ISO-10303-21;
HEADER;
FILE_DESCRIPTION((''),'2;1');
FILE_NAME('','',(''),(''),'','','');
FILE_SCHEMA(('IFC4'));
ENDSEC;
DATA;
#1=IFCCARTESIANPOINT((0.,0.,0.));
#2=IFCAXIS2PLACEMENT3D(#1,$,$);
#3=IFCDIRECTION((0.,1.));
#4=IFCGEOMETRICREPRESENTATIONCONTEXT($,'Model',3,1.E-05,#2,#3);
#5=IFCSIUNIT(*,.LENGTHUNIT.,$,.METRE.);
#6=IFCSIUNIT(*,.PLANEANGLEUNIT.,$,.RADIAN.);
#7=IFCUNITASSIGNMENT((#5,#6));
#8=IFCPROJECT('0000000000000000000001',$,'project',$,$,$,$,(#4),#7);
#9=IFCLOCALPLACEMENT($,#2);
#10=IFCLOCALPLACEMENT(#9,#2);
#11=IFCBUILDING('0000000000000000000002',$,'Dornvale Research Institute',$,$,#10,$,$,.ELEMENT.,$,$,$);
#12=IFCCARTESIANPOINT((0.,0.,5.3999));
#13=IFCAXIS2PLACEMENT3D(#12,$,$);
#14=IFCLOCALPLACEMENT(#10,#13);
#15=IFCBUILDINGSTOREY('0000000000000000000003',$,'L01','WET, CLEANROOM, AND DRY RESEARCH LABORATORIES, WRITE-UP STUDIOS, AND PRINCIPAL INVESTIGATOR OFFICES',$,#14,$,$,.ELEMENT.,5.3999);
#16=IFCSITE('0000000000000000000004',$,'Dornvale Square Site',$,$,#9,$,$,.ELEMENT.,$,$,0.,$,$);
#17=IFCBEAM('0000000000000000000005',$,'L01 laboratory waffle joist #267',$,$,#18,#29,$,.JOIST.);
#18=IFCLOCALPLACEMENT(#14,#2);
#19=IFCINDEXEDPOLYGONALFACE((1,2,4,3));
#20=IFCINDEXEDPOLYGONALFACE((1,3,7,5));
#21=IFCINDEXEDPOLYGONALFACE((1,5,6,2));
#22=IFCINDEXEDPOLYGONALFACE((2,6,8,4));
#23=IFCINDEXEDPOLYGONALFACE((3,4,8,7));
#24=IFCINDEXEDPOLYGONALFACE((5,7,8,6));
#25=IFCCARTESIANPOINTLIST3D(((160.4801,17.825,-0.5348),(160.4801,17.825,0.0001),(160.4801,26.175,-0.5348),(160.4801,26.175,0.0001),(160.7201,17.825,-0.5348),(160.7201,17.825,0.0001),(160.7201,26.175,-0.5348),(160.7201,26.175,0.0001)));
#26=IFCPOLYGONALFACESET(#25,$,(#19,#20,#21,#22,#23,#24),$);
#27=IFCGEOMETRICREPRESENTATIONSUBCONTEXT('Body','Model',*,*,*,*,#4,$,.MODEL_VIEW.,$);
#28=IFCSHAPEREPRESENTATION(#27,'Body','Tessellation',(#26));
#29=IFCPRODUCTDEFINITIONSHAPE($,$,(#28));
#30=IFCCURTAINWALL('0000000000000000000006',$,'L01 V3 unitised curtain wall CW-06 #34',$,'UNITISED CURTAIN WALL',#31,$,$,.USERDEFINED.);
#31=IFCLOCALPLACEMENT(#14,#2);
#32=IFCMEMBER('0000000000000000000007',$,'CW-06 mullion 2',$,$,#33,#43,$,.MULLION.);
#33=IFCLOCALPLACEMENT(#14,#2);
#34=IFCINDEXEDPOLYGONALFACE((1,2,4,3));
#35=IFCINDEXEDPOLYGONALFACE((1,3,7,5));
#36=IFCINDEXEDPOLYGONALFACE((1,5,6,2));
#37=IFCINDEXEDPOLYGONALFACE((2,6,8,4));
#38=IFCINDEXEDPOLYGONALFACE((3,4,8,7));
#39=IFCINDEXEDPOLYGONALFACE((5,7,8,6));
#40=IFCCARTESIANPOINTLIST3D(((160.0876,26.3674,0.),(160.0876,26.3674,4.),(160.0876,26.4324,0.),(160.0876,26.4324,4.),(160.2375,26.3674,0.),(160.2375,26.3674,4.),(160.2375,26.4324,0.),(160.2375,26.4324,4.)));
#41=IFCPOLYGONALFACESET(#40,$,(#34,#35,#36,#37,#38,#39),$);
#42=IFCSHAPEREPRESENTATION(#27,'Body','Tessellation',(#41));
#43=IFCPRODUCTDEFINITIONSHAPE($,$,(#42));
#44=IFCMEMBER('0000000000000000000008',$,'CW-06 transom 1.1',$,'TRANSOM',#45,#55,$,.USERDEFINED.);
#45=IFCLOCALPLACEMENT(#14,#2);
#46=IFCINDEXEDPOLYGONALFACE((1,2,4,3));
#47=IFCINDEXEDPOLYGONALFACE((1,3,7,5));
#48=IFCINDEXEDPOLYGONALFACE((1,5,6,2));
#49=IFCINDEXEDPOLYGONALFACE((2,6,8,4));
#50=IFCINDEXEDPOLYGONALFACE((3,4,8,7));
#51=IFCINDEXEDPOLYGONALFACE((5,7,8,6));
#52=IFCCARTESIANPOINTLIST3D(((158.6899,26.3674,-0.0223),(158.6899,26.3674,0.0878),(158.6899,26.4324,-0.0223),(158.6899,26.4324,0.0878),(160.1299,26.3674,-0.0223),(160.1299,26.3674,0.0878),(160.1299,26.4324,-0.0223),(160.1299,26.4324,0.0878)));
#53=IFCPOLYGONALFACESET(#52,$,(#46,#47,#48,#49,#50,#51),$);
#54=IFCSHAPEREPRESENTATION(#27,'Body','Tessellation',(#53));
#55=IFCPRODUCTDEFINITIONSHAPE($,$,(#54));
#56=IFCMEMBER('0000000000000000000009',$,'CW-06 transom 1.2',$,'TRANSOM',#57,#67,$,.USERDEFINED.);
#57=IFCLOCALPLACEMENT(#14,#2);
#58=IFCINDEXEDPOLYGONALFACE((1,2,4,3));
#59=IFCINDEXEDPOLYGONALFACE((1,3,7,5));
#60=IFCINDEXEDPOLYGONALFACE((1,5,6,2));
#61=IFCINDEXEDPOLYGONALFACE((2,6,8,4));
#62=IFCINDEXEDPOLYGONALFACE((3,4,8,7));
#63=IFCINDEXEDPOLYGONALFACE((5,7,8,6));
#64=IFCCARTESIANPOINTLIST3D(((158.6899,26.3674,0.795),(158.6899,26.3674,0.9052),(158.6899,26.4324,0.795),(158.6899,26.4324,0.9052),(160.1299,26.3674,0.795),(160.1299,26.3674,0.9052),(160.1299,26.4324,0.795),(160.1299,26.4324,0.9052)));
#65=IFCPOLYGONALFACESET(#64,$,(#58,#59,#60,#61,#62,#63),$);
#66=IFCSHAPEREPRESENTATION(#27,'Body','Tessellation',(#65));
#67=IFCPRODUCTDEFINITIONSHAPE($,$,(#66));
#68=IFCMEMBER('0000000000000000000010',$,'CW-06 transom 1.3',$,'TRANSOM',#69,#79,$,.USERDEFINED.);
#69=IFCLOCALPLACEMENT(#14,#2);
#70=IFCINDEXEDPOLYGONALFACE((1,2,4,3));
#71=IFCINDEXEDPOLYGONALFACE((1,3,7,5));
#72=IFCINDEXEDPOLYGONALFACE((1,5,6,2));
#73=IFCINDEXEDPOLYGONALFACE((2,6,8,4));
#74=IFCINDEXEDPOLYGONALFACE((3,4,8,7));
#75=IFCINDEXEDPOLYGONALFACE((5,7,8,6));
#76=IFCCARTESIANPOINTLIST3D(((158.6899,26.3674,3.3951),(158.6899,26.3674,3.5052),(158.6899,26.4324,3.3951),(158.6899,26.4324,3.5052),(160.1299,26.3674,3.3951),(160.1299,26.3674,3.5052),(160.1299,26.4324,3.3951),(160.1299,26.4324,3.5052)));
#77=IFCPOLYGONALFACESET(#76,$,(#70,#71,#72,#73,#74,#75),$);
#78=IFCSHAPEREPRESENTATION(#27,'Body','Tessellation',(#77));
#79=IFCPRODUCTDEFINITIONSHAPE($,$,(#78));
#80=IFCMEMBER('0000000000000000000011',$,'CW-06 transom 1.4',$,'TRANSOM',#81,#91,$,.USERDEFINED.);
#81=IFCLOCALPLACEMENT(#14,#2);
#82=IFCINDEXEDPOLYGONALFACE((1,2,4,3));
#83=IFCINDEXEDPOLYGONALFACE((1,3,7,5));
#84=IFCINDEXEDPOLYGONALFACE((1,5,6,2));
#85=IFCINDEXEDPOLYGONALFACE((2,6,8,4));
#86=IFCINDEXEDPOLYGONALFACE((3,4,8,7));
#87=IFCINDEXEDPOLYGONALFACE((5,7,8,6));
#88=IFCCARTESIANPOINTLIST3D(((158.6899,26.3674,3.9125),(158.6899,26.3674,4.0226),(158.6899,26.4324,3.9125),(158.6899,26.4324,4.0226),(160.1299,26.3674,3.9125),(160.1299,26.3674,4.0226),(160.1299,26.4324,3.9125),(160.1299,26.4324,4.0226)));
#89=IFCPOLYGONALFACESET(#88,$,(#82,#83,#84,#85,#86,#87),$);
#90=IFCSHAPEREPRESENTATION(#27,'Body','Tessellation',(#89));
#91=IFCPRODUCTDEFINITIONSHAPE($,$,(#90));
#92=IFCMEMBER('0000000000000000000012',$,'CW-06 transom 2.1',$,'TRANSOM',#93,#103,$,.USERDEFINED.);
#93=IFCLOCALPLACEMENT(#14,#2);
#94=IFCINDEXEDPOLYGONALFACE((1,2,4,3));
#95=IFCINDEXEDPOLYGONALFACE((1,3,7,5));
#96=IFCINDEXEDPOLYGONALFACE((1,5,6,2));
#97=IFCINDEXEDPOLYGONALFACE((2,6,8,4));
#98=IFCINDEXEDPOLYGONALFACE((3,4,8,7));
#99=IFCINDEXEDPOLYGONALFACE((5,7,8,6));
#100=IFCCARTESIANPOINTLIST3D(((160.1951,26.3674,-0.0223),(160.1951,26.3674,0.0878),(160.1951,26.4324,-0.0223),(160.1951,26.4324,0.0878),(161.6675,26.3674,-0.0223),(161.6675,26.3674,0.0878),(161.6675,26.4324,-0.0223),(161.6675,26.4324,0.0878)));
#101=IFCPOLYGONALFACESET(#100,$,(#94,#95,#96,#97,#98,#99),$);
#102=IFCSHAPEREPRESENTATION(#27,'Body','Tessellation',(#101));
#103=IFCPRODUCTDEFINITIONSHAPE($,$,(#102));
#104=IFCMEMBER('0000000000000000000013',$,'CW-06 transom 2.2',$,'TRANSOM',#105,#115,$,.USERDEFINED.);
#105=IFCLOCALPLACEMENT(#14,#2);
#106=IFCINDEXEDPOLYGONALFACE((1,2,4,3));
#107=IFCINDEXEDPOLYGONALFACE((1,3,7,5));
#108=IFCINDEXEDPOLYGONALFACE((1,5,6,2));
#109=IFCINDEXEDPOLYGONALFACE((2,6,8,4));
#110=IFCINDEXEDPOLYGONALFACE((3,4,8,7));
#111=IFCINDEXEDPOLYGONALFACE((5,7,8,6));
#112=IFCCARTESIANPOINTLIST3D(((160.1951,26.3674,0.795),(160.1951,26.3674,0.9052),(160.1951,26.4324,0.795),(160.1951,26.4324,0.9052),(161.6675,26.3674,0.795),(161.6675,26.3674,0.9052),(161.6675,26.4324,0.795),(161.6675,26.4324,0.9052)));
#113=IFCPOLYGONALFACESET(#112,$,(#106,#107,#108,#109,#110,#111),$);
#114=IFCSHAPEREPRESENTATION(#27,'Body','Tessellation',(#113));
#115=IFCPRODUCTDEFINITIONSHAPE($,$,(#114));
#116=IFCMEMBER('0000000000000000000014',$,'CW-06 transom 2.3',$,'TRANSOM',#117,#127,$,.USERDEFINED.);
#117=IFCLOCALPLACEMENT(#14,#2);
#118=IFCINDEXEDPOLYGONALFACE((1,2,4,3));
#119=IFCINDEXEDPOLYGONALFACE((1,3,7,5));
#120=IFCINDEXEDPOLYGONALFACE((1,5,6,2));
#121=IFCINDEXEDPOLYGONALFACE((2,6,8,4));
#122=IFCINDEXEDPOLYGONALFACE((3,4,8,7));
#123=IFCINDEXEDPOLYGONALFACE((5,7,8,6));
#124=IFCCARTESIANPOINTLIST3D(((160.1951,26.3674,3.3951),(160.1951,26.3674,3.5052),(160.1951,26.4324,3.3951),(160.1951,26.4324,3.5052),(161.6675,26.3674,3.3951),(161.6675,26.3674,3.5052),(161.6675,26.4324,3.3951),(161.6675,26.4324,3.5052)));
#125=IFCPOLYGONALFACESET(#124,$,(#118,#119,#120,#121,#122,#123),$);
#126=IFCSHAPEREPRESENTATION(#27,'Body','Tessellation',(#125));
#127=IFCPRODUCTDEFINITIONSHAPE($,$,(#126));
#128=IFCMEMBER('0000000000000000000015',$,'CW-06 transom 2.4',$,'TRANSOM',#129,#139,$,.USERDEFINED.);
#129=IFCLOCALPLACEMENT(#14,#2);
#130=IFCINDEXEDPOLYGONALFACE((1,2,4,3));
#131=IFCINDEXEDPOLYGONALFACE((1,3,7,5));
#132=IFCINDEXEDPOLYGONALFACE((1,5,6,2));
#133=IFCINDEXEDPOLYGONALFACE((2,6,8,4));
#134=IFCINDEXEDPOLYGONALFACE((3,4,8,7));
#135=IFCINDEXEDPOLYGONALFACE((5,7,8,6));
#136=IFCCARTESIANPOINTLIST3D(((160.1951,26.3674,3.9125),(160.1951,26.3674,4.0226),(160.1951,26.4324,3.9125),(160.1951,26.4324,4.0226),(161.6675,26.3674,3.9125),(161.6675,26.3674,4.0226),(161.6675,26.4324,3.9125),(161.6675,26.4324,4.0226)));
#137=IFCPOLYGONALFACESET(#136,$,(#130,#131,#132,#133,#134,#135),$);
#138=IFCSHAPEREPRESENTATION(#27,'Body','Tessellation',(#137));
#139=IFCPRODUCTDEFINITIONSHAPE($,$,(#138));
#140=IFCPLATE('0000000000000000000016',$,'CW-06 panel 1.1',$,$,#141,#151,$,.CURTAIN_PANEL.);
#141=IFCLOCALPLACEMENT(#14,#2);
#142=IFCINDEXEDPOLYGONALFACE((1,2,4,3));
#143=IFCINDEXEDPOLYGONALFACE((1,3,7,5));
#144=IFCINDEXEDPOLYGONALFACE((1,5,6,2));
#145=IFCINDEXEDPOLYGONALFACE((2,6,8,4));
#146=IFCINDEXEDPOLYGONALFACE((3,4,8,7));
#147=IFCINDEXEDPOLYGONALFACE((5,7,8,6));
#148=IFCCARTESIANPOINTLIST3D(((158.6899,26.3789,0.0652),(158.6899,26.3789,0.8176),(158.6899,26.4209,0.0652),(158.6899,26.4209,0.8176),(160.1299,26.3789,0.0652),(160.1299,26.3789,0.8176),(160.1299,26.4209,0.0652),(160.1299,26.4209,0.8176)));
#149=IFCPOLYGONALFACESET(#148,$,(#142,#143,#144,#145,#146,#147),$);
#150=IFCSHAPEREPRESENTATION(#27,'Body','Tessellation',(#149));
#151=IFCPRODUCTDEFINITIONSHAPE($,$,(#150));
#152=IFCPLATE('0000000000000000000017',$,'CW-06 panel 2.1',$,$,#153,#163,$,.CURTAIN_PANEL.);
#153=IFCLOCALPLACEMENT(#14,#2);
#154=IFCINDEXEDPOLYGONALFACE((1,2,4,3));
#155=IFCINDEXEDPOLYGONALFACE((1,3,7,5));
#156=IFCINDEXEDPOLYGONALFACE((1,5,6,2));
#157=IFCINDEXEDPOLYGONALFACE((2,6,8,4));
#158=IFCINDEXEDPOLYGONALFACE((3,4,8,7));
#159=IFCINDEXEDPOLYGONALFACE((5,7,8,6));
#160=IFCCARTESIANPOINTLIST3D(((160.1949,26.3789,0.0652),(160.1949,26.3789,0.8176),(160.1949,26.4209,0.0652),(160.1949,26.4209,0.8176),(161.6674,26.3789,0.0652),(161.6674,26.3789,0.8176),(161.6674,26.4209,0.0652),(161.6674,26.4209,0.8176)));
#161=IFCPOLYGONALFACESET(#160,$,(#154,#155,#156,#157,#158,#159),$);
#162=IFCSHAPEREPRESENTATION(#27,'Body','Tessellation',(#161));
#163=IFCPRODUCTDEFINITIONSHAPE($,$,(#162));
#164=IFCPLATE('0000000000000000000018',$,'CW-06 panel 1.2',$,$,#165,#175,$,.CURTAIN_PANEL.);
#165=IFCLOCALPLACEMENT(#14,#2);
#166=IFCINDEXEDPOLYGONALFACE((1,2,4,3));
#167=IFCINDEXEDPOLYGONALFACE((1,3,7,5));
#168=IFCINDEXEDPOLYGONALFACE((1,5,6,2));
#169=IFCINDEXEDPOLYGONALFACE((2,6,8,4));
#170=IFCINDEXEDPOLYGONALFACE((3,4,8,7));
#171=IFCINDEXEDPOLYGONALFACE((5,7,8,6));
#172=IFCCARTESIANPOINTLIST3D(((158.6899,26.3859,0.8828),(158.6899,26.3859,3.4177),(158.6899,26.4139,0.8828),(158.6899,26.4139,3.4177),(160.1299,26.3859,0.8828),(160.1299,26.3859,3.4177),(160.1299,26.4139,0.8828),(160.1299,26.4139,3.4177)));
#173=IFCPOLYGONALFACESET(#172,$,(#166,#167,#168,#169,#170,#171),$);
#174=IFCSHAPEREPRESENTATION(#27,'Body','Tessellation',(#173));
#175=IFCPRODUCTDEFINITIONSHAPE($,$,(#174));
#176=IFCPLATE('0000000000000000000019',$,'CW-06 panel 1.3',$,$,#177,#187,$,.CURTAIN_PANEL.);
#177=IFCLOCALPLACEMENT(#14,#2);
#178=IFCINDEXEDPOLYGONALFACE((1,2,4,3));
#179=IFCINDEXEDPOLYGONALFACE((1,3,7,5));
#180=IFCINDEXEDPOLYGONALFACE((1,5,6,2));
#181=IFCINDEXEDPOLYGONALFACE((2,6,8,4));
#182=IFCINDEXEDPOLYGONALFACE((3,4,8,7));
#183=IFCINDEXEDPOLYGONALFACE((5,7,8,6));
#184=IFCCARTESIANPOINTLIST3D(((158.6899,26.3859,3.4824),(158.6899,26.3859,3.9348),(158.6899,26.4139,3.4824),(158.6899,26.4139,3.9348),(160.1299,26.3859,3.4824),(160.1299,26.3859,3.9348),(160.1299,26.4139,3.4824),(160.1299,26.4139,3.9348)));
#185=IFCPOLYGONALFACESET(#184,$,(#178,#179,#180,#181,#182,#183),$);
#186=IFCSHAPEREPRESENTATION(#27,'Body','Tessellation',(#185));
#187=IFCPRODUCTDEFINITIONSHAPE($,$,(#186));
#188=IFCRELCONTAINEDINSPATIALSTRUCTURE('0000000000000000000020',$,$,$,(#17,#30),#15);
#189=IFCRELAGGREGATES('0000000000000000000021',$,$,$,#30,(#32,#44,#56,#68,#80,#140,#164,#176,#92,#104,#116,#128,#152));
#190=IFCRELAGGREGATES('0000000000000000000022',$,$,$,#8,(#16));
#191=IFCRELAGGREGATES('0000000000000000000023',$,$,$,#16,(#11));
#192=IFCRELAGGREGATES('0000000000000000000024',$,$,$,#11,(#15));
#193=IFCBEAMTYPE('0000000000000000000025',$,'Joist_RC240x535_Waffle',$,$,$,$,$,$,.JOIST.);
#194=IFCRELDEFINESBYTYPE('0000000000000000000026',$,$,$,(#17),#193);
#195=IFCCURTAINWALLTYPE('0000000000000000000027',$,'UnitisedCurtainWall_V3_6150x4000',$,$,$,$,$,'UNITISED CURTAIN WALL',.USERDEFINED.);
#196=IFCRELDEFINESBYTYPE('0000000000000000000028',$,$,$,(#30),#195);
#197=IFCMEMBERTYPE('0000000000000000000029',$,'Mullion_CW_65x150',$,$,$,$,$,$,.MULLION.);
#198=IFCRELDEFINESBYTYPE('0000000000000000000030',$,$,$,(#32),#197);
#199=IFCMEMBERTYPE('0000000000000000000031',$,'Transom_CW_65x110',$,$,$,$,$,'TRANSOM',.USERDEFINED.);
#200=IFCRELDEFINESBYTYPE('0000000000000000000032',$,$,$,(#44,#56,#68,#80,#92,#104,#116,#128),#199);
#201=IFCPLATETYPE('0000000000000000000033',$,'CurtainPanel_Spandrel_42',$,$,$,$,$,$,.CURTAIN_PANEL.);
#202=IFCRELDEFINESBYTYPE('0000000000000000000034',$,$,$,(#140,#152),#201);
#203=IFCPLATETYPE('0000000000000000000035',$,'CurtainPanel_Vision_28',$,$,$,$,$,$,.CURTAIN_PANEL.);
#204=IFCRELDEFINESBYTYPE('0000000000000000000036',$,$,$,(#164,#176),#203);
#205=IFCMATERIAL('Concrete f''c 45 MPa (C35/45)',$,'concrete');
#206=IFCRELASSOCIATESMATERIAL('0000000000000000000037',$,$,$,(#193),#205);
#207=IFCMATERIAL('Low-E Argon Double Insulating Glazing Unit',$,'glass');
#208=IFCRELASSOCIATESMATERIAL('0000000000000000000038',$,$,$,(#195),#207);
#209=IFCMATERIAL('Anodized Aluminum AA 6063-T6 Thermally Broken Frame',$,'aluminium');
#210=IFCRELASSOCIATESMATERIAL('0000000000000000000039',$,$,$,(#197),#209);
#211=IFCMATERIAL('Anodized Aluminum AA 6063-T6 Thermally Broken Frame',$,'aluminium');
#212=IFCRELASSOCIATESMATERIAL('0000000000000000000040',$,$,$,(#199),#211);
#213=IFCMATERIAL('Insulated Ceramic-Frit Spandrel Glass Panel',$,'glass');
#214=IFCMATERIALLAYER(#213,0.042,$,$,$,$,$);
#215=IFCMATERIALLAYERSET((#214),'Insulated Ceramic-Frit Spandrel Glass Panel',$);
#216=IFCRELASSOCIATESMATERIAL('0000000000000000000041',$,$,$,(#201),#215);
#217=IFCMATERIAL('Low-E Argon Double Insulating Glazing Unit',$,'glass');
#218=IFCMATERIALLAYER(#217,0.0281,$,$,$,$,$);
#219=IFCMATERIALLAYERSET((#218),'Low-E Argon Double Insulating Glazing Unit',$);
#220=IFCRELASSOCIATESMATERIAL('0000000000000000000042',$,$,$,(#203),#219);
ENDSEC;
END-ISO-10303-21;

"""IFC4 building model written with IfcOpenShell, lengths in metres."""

from ifc_helpers import new_model, si_unit, direction, frame, origin, origin_2d, place, context, subcontext, project, spatial, rectangle, extrude, material, layer, layer_set, material_profile, profile_set, type_object, element, aggregate, save


model = new_model("IFC4")

# Units and contexts
model_context = context("Model", 3, precision=1e-05, world=origin(), true_north=direction((0.0, 1.0)))
body_context = subcontext(model_context, "Body", "Model", "MODEL_VIEW")
ifc_project = project(units=[si_unit("LENGTHUNIT", "METRE"), si_unit("PLANEANGLEUNIT", "RADIAN")], contexts=[model_context])

# Site, building, storey
site_placement = place(None, origin())
site = spatial("IfcSite", under=ifc_project, at=site_placement, Name="Dornvale Square Site", CompositionType="ELEMENT", RefElevation=0.0)
building_placement = place(site_placement, origin())
building = spatial("IfcBuilding", under=site, at=building_placement, Name="Dornvale Research Institute", CompositionType="ELEMENT")
storey_placement = place(building_placement, frame((0.0, 0.0, 5.3999)))
storey = spatial("IfcBuildingStorey", under=building, at=storey_placement, Name="L01", Description="WET, CLEANROOM, AND DRY RESEARCH LABORATORIES, WRITE-UP STUDIOS, AND PRINCIPAL INVESTIGATOR OFFICES", CompositionType="ELEMENT", Elevation=5.3999)

# Beam
ifc_material_1 = material(Name="Concrete f'c 45 MPa (C35/45)", Category="concrete")
ifc_material_profile_1 = material_profile(ifc_material_1, rectangle(XDim=0.24, YDim=0.5349, at=origin_2d()), Name="RC 240x535")
ifc_profile_set_1 = profile_set([ifc_material_profile_1], Name="Concrete f'c 45 MPa (C35/45)")
beam_type = type_object("IfcBeamType", Name="Joist_RC240x535_Waffle", PredefinedType="JOIST", material=ifc_profile_set_1)
beam_placement = place(storey_placement, frame((160.6001, 17.825, -0.2673), z_axis=(0.0, 1.0, 0.0), x_axis=(-1.0, 0.0, 0.0)))
element("IfcBeam", 1, at=beam_placement, inside=storey, type_object=beam_type, Name="L01 laboratory waffle joist #267", PredefinedType="JOIST", context=body_context, shape_type="SweptSolid", body=[
    extrude(rectangle(XDim=0.24, YDim=0.5349, at=origin_2d()), origin(), (0.0, 0.0, 1.0), 8.3501),
])

# Curtain wall, members, plates
ifc_material_2 = material(Name="Low-E Argon Double Insulating Glazing Unit", Category="glass")
curtain_wall_type = type_object("IfcCurtainWallType", Name="UnitisedCurtainWall_V3_6150x4000", ElementType="UNITISED CURTAIN WALL", PredefinedType="USERDEFINED", material=ifc_material_2)
curtain_wall_placement = place(storey_placement, origin())
curtain_wall = element("IfcCurtainWall", 2, at=curtain_wall_placement, inside=storey, type_object=curtain_wall_type, Name="L01 V3 unitised curtain wall CW-06 #34", ObjectType="UNITISED CURTAIN WALL", PredefinedType="USERDEFINED")
ifc_material_3 = material(Name="Anodized Aluminum AA 6063-T6 Thermally Broken Frame", Category="aluminium")
ifc_material_profile_2 = material_profile(ifc_material_3, rectangle(XDim=0.0649, YDim=0.1499, at=origin_2d()), Name="ALU MULLION 65x150")
ifc_profile_set_2 = profile_set([ifc_material_profile_2], Name="Anodized Aluminum AA 6063-T6 Thermally Broken Frame")
member_type_1 = type_object("IfcMemberType", Name="Mullion_CW_65x150", PredefinedType="MULLION", material=ifc_profile_set_2)
member_1_placement = place(storey_placement, frame((160.1626, 26.3999, 0.0), z_axis=(0.0, 0.0, 1.0), x_axis=(0.0, 1.0, 0.0)))
member_1 = element("IfcMember", 3, at=member_1_placement, type_object=member_type_1, Name="CW-06 mullion 2", PredefinedType="MULLION", context=body_context, shape_type="SweptSolid", body=[
    extrude(rectangle(XDim=0.0649, YDim=0.1499, at=origin_2d()), origin(), (0.0, 0.0, 1.0), 4.0),
])
ifc_material_4 = material(Name="Anodized Aluminum AA 6063-T6 Thermally Broken Frame", Category="aluminium")
ifc_material_profile_3 = material_profile(ifc_material_4, rectangle(XDim=0.0649, YDim=0.1101, at=origin_2d()), Name="ALU TRANSOM 65x110")
ifc_profile_set_3 = profile_set([ifc_material_profile_3], Name="Anodized Aluminum AA 6063-T6 Thermally Broken Frame")
member_type_2 = type_object("IfcMemberType", Name="Transom_CW_65x110", ElementType="TRANSOM", PredefinedType="USERDEFINED", material=ifc_profile_set_3)
member_2_placement = place(storey_placement, frame((158.6899, 26.3999, 0.0327), z_axis=(1.0, 0.0, 0.0), x_axis=(0.0, 1.0, 0.0)))
member_2 = element("IfcMember", 4, at=member_2_placement, type_object=member_type_2, Name="CW-06 transom 1.1", ObjectType="TRANSOM", PredefinedType="USERDEFINED", context=body_context, shape_type="SweptSolid", body=[
    extrude(rectangle(XDim=0.0649, YDim=0.1101, at=origin_2d()), origin(), (0.0, 0.0, 1.0), 1.4399),
])
member_3_placement = place(storey_placement, frame((158.6899, 26.3999, 0.8501), z_axis=(1.0, 0.0, 0.0), x_axis=(0.0, 1.0, 0.0)))
member_3 = element("IfcMember", 5, at=member_3_placement, type_object=member_type_2, Name="CW-06 transom 1.2", ObjectType="TRANSOM", PredefinedType="USERDEFINED", context=body_context, shape_type="SweptSolid", body=[
    extrude(rectangle(XDim=0.0649, YDim=0.1101, at=origin_2d()), origin(), (0.0, 0.0, 1.0), 1.4399),
])
member_4_placement = place(storey_placement, frame((158.6899, 26.3999, 3.4502), z_axis=(1.0, 0.0, 0.0), x_axis=(0.0, 1.0, 0.0)))
member_4 = element("IfcMember", 6, at=member_4_placement, type_object=member_type_2, Name="CW-06 transom 1.3", ObjectType="TRANSOM", PredefinedType="USERDEFINED", context=body_context, shape_type="SweptSolid", body=[
    extrude(rectangle(XDim=0.0649, YDim=0.1101, at=origin_2d()), origin(), (0.0, 0.0, 1.0), 1.4399),
])
member_5_placement = place(storey_placement, frame((158.6899, 26.3999, 3.9675), z_axis=(1.0, 0.0, 0.0), x_axis=(0.0, 1.0, 0.0)))
member_5 = element("IfcMember", 7, at=member_5_placement, type_object=member_type_2, Name="CW-06 transom 1.4", ObjectType="TRANSOM", PredefinedType="USERDEFINED", context=body_context, shape_type="SweptSolid", body=[
    extrude(rectangle(XDim=0.0649, YDim=0.1101, at=origin_2d()), origin(), (0.0, 0.0, 1.0), 1.4399),
])
member_6_placement = place(storey_placement, frame((160.1951, 26.3999, 0.0327), z_axis=(1.0, 0.0, 0.0), x_axis=(0.0, 1.0, 0.0)))
member_6 = element("IfcMember", 8, at=member_6_placement, type_object=member_type_2, Name="CW-06 transom 2.1", ObjectType="TRANSOM", PredefinedType="USERDEFINED", context=body_context, shape_type="SweptSolid", body=[
    extrude(rectangle(XDim=0.0649, YDim=0.1101, at=origin_2d()), origin(), (0.0, 0.0, 1.0), 1.4724),
])
member_7_placement = place(storey_placement, frame((160.1951, 26.3999, 0.8501), z_axis=(1.0, 0.0, 0.0), x_axis=(0.0, 1.0, 0.0)))
member_7 = element("IfcMember", 9, at=member_7_placement, type_object=member_type_2, Name="CW-06 transom 2.2", ObjectType="TRANSOM", PredefinedType="USERDEFINED", context=body_context, shape_type="SweptSolid", body=[
    extrude(rectangle(XDim=0.0649, YDim=0.1101, at=origin_2d()), origin(), (0.0, 0.0, 1.0), 1.4724),
])
member_8_placement = place(storey_placement, frame((160.1951, 26.3999, 3.4502), z_axis=(1.0, 0.0, 0.0), x_axis=(0.0, 1.0, 0.0)))
member_8 = element("IfcMember", 10, at=member_8_placement, type_object=member_type_2, Name="CW-06 transom 2.3", ObjectType="TRANSOM", PredefinedType="USERDEFINED", context=body_context, shape_type="SweptSolid", body=[
    extrude(rectangle(XDim=0.0649, YDim=0.1101, at=origin_2d()), origin(), (0.0, 0.0, 1.0), 1.4724),
])
member_9_placement = place(storey_placement, frame((160.1951, 26.3999, 3.9675), z_axis=(1.0, 0.0, 0.0), x_axis=(0.0, 1.0, 0.0)))
member_9 = element("IfcMember", 11, at=member_9_placement, type_object=member_type_2, Name="CW-06 transom 2.4", ObjectType="TRANSOM", PredefinedType="USERDEFINED", context=body_context, shape_type="SweptSolid", body=[
    extrude(rectangle(XDim=0.0649, YDim=0.1101, at=origin_2d()), origin(), (0.0, 0.0, 1.0), 1.4724),
])
ifc_material_5 = material(Name="Insulated Ceramic-Frit Spandrel Glass Panel", Category="glass")
ifc_layer_1 = layer(ifc_material_5, 0.042)
ifc_layer_set_1 = layer_set([ifc_layer_1], Name="Insulated Ceramic-Frit Spandrel Glass Panel")
plate_type_1 = type_object("IfcPlateType", Name="CurtainPanel_Spandrel_42", PredefinedType="CURTAIN_PANEL", material=ifc_layer_set_1)
plate_1_placement = place(storey_placement, frame((159.4099, 26.3999, 0.0652), z_axis=(0.0, 0.0, 1.0), x_axis=(1.0, 0.0, 0.0)))
plate_1 = element("IfcPlate", 12, at=plate_1_placement, type_object=plate_type_1, Name="CW-06 panel 1.1", PredefinedType="CURTAIN_PANEL", context=body_context, shape_type="SweptSolid", body=[
    extrude(rectangle(XDim=1.4399, YDim=0.042, at=origin_2d()), origin(), (0.0, 0.0, 1.0), 0.7524),
])
plate_2_placement = place(storey_placement, frame((160.9312, 26.3999, 0.0652), z_axis=(0.0, 0.0, 1.0), x_axis=(1.0, 0.0, 0.0)))
plate_2 = element("IfcPlate", 13, at=plate_2_placement, type_object=plate_type_1, Name="CW-06 panel 2.1", PredefinedType="CURTAIN_PANEL", context=body_context, shape_type="SweptSolid", body=[
    extrude(rectangle(XDim=1.4724, YDim=0.042, at=origin_2d()), origin(), (0.0, 0.0, 1.0), 0.7524),
])
ifc_material_6 = material(Name="Low-E Argon Double Insulating Glazing Unit", Category="glass")
ifc_layer_2 = layer(ifc_material_6, 0.0281)
ifc_layer_set_2 = layer_set([ifc_layer_2], Name="Low-E Argon Double Insulating Glazing Unit")
plate_type_2 = type_object("IfcPlateType", Name="CurtainPanel_Vision_28", PredefinedType="CURTAIN_PANEL", material=ifc_layer_set_2)
plate_3_placement = place(storey_placement, frame((159.4099, 26.3999, 0.8828), z_axis=(0.0, 0.0, 1.0), x_axis=(1.0, 0.0, 0.0)))
plate_3 = element("IfcPlate", 14, at=plate_3_placement, type_object=plate_type_2, Name="CW-06 panel 1.2", PredefinedType="CURTAIN_PANEL", context=body_context, shape_type="SweptSolid", body=[
    extrude(rectangle(XDim=1.4399, YDim=0.0281, at=origin_2d()), origin(), (0.0, 0.0, 1.0), 2.5349),
])
plate_4_placement = place(storey_placement, frame((159.4099, 26.3999, 3.4824), z_axis=(0.0, 0.0, 1.0), x_axis=(1.0, 0.0, 0.0)))
plate_4 = element("IfcPlate", 15, at=plate_4_placement, type_object=plate_type_2, Name="CW-06 panel 1.3", PredefinedType="CURTAIN_PANEL", context=body_context, shape_type="SweptSolid", body=[
    extrude(rectangle(XDim=1.4399, YDim=0.0281, at=origin_2d()), origin(), (0.0, 0.0, 1.0), 0.4524),
])
aggregate(curtain_wall, [member_1, member_2, member_3, member_4, member_5, plate_1, plate_3, plate_4, member_6, member_7, member_8, member_9, plate_2])

save(model, "model.ifc")
